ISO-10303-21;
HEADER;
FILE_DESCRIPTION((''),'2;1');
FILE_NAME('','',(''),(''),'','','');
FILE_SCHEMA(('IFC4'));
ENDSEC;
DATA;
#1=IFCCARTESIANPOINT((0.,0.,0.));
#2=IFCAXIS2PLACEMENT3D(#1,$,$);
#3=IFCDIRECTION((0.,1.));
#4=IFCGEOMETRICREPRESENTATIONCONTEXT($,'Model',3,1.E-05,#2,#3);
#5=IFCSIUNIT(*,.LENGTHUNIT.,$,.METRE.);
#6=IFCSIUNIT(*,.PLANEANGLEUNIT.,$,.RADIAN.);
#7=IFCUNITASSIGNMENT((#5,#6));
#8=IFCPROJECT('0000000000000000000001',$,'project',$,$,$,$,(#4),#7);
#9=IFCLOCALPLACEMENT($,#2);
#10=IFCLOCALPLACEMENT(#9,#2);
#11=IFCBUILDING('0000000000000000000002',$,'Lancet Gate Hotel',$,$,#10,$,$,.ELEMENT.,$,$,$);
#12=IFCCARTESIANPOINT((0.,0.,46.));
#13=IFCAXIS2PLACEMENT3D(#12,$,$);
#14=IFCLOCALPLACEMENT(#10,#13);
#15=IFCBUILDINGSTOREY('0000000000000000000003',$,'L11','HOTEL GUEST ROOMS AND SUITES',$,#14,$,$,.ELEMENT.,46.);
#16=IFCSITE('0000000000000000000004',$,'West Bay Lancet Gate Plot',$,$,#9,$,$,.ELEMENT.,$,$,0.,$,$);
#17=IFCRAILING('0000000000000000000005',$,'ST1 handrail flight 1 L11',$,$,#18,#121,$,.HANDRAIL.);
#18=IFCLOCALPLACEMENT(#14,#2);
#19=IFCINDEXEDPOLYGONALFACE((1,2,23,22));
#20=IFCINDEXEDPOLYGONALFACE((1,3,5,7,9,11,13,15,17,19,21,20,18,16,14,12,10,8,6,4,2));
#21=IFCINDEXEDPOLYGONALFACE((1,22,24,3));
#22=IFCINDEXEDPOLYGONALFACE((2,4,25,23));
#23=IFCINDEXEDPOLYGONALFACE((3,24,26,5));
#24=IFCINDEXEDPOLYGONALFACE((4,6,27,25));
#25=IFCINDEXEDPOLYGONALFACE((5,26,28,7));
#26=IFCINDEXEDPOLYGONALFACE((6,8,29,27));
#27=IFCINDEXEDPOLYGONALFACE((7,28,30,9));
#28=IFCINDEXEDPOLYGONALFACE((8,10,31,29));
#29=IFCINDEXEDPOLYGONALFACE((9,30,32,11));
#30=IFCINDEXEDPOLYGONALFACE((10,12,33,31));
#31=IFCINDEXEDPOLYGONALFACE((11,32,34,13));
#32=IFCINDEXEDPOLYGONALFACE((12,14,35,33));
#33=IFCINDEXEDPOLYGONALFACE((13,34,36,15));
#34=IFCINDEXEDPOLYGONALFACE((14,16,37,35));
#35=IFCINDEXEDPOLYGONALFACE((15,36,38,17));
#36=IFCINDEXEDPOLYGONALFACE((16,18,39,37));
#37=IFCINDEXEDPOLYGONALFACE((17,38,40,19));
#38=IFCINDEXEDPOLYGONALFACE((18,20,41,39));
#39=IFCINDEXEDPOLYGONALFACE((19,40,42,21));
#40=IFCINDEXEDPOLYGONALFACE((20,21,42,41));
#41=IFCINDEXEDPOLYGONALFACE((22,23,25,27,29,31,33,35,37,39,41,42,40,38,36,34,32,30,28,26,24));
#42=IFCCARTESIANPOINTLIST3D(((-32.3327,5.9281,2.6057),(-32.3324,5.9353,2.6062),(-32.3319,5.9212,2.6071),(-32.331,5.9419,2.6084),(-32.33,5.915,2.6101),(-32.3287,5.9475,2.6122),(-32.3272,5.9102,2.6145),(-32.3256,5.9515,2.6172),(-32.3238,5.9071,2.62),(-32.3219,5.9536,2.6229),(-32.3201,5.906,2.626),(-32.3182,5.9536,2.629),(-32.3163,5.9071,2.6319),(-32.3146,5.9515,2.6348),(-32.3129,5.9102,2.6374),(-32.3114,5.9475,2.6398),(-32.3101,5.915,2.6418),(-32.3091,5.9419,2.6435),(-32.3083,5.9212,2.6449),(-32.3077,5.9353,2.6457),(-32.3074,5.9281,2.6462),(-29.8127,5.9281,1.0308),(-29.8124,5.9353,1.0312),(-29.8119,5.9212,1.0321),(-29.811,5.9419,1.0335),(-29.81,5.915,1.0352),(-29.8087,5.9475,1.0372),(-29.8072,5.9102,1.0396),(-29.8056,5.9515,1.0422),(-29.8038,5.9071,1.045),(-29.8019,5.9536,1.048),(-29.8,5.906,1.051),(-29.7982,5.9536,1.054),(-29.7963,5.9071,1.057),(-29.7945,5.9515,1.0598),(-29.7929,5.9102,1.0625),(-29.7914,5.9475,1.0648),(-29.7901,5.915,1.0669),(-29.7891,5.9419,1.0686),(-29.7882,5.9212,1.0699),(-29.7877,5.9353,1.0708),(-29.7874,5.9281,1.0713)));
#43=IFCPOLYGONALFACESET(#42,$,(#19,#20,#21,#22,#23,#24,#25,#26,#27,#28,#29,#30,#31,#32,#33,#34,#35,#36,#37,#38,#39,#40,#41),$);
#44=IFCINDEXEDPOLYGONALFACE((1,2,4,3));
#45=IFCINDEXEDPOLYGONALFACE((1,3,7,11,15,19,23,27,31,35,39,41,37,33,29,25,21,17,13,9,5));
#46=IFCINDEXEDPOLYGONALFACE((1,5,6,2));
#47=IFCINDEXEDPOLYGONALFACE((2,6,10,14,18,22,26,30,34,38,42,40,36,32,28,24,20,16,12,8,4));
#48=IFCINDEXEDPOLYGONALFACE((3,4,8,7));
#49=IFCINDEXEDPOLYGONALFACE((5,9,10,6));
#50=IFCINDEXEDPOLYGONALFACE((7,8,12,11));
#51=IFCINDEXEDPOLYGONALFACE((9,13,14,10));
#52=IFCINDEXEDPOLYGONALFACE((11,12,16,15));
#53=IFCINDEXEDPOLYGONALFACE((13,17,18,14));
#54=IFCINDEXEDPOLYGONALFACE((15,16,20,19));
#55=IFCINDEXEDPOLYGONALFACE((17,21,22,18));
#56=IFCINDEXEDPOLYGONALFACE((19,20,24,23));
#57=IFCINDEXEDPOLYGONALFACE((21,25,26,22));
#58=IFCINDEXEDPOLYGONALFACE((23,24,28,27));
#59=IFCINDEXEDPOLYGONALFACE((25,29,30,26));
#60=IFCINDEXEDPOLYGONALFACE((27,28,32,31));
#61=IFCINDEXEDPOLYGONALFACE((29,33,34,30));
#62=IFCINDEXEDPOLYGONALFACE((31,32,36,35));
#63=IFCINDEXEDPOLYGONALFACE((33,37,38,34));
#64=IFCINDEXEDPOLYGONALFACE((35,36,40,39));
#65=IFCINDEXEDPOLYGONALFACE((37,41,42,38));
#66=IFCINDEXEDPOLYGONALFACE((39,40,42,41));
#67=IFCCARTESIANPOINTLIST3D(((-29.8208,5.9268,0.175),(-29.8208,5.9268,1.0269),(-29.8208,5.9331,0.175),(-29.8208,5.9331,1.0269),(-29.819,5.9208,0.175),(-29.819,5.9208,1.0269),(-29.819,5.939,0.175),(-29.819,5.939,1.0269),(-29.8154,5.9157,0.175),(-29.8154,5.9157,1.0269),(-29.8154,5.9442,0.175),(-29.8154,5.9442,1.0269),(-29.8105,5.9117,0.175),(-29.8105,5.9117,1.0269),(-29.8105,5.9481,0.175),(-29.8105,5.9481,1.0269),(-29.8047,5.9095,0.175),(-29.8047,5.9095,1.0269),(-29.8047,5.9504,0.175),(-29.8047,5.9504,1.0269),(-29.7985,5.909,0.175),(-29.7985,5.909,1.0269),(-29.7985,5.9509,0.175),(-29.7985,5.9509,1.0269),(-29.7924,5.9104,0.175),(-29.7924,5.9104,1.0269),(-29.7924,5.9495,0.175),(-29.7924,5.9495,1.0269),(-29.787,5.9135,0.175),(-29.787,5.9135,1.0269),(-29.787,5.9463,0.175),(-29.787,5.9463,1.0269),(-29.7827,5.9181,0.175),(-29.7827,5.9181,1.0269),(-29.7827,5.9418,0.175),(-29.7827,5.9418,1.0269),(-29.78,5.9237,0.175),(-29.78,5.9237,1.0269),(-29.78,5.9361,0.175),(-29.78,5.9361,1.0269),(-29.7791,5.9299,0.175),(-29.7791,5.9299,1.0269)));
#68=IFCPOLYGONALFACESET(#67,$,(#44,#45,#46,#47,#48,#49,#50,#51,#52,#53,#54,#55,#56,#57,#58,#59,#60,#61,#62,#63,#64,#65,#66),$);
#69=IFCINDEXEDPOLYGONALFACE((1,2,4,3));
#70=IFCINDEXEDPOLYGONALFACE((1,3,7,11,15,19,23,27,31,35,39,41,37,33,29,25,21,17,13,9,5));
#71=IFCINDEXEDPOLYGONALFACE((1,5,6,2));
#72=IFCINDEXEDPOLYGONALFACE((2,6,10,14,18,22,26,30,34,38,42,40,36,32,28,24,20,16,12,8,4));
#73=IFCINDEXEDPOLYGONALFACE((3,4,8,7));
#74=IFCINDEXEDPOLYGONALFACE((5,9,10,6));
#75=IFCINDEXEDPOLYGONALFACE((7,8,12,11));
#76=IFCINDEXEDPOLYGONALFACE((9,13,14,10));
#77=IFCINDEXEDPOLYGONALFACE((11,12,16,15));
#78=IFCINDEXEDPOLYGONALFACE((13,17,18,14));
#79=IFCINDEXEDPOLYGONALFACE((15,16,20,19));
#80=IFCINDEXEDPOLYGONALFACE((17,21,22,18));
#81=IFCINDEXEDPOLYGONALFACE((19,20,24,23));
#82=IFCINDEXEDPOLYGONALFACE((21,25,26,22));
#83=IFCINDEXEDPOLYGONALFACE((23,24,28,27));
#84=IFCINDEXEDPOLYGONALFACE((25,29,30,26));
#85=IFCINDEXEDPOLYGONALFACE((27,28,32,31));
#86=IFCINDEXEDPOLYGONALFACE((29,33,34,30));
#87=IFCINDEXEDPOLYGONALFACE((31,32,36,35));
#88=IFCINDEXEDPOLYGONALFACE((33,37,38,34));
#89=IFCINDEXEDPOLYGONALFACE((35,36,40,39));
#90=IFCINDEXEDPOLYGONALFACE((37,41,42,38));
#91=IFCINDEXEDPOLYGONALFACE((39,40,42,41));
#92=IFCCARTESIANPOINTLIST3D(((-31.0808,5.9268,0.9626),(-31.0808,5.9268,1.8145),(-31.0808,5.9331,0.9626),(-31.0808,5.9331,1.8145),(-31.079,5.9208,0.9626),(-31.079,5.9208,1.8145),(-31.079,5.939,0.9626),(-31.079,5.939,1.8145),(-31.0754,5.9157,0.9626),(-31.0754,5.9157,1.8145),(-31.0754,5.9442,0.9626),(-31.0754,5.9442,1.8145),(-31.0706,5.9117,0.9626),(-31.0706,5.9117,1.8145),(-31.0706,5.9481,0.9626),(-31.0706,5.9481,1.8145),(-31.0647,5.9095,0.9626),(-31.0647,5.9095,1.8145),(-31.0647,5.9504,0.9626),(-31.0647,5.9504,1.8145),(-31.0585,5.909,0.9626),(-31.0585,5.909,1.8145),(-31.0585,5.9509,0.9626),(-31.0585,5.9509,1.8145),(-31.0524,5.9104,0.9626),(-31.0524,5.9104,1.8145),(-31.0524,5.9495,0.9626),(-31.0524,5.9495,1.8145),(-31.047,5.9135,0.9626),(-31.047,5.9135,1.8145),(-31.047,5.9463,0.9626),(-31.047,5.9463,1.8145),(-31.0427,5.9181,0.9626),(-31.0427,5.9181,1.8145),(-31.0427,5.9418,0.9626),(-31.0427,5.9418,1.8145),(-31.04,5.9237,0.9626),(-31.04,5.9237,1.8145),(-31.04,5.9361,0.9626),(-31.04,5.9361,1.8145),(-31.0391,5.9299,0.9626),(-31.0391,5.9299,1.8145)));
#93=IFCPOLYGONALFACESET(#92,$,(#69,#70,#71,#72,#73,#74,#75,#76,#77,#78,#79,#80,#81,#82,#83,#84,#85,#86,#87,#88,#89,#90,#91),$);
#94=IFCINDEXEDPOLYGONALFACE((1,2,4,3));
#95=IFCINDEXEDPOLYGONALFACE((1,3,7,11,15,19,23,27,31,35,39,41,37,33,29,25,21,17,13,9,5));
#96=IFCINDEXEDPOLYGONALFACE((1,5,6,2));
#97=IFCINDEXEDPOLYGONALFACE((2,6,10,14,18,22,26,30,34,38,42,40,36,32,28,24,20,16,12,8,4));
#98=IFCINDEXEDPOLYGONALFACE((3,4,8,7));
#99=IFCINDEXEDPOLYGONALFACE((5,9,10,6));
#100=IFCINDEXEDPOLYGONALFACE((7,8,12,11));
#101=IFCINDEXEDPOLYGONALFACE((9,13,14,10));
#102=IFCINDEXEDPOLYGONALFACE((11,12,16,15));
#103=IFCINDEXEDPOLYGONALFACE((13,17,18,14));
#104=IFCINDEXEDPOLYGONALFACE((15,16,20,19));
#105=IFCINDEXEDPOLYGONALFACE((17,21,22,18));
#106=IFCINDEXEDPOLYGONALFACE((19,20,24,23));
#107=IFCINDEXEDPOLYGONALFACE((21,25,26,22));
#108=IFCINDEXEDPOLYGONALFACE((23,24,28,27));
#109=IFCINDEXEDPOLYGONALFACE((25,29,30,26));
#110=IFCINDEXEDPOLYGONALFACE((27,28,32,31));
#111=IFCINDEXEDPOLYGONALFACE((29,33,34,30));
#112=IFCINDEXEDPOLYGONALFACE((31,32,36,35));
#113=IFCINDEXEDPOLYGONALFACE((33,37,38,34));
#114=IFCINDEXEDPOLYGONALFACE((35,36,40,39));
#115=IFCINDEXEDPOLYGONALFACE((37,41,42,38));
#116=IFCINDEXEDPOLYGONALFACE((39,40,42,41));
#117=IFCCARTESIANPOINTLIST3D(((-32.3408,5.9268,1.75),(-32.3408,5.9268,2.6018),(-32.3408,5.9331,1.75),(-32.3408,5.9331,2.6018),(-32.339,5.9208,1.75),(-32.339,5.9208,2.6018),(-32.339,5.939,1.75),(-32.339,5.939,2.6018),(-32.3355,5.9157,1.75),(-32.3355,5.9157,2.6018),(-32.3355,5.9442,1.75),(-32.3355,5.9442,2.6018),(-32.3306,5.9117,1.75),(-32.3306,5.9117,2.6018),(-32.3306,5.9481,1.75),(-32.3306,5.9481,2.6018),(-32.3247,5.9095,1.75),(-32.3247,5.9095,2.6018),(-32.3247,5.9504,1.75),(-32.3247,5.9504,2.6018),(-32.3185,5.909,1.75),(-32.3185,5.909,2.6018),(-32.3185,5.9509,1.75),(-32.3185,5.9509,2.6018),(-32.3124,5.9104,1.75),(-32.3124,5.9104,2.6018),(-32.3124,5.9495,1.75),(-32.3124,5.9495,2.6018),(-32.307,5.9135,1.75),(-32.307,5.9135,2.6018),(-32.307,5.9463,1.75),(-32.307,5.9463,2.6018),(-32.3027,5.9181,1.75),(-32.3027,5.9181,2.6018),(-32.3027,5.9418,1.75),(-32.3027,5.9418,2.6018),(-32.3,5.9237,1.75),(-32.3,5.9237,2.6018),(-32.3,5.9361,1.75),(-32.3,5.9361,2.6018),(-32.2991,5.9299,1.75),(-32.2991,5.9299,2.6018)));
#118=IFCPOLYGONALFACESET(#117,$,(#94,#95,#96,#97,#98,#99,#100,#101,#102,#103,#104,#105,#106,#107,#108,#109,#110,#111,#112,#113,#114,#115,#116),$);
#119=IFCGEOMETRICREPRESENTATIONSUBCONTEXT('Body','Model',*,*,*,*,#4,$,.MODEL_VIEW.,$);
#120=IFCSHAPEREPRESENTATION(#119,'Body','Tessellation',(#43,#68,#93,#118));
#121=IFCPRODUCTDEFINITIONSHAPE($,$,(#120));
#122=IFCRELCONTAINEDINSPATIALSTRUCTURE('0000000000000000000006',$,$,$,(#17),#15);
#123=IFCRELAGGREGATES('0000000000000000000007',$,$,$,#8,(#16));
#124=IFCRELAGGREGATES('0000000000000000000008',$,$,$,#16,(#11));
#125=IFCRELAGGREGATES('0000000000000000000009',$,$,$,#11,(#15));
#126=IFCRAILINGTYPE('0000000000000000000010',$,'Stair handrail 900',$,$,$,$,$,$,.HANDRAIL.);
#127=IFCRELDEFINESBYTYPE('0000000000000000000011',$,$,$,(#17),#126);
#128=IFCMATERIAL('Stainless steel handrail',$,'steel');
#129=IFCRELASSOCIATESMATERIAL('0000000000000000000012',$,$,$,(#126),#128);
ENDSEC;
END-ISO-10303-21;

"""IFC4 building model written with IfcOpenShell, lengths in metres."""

from ifc_helpers import new_model, si_unit, direction, frame, origin, origin_2d, place, context, subcontext, project, spatial, circle, extrude, material, type_object, element, save


model = new_model("IFC4")

# Units and contexts
model_context = context("Model", 3, precision=1e-05, world=origin(), true_north=direction((0.0, 1.0)))
body_context = subcontext(model_context, "Body", "Model", "MODEL_VIEW")
ifc_project = project(units=[si_unit("LENGTHUNIT", "METRE"), si_unit("PLANEANGLEUNIT", "RADIAN")], contexts=[model_context])

# Site, building, storey
site_placement = place(None, origin())
site = spatial("IfcSite", under=ifc_project, at=site_placement, Name="West Bay Lancet Gate Plot", CompositionType="ELEMENT", RefElevation=0.0)
building_placement = place(site_placement, origin())
building = spatial("IfcBuilding", under=site, at=building_placement, Name="Lancet Gate Hotel", CompositionType="ELEMENT")
storey_placement = place(building_placement, frame((0.0, 0.0, 46.0)))
storey = spatial("IfcBuildingStorey", under=building, at=storey_placement, Name="L11", Description="HOTEL GUEST ROOMS AND SUITES", CompositionType="ELEMENT", Elevation=46.0)

# Railing
ifc_material_1 = material(Name="Stainless steel handrail", Category="steel")
railing_type = type_object("IfcRailingType", Name="Stair handrail 900", PredefinedType="HANDRAIL", material=ifc_material_1)
railing_1_placement = place(storey_placement, frame((-29.8, 5.9299, 0.175)))
element("IfcRailing", 1, at=railing_1_placement, inside=storey, type_object=railing_type, Name="ST1 handrail flight 1 L11", PredefinedType="HANDRAIL", context=body_context, shape_type="SweptSolid", body=[
    extrude(circle(Radius=0.0239, at=origin_2d()), frame((0.0, 0.0, 0.876), z_axis=(-0.848008, 0.0, 0.529984), x_axis=(0.0, -1.0, 0.0)), (0.0, 0.0, 1.0), 2.9717),
    extrude(circle(Radius=0.021, at=origin_2d()), origin(), (0.0, 0.0, 1.0), 0.8518),
    extrude(circle(Radius=0.021, at=origin_2d()), frame((-1.26, 0.0, 0.7876)), (0.0, 0.0, 1.0), 0.8518),
    extrude(circle(Radius=0.021, at=origin_2d()), frame((-2.52, 0.0, 1.575)), (0.0, 0.0, 1.0), 0.8518),
])

save(model, "model.ifc")
